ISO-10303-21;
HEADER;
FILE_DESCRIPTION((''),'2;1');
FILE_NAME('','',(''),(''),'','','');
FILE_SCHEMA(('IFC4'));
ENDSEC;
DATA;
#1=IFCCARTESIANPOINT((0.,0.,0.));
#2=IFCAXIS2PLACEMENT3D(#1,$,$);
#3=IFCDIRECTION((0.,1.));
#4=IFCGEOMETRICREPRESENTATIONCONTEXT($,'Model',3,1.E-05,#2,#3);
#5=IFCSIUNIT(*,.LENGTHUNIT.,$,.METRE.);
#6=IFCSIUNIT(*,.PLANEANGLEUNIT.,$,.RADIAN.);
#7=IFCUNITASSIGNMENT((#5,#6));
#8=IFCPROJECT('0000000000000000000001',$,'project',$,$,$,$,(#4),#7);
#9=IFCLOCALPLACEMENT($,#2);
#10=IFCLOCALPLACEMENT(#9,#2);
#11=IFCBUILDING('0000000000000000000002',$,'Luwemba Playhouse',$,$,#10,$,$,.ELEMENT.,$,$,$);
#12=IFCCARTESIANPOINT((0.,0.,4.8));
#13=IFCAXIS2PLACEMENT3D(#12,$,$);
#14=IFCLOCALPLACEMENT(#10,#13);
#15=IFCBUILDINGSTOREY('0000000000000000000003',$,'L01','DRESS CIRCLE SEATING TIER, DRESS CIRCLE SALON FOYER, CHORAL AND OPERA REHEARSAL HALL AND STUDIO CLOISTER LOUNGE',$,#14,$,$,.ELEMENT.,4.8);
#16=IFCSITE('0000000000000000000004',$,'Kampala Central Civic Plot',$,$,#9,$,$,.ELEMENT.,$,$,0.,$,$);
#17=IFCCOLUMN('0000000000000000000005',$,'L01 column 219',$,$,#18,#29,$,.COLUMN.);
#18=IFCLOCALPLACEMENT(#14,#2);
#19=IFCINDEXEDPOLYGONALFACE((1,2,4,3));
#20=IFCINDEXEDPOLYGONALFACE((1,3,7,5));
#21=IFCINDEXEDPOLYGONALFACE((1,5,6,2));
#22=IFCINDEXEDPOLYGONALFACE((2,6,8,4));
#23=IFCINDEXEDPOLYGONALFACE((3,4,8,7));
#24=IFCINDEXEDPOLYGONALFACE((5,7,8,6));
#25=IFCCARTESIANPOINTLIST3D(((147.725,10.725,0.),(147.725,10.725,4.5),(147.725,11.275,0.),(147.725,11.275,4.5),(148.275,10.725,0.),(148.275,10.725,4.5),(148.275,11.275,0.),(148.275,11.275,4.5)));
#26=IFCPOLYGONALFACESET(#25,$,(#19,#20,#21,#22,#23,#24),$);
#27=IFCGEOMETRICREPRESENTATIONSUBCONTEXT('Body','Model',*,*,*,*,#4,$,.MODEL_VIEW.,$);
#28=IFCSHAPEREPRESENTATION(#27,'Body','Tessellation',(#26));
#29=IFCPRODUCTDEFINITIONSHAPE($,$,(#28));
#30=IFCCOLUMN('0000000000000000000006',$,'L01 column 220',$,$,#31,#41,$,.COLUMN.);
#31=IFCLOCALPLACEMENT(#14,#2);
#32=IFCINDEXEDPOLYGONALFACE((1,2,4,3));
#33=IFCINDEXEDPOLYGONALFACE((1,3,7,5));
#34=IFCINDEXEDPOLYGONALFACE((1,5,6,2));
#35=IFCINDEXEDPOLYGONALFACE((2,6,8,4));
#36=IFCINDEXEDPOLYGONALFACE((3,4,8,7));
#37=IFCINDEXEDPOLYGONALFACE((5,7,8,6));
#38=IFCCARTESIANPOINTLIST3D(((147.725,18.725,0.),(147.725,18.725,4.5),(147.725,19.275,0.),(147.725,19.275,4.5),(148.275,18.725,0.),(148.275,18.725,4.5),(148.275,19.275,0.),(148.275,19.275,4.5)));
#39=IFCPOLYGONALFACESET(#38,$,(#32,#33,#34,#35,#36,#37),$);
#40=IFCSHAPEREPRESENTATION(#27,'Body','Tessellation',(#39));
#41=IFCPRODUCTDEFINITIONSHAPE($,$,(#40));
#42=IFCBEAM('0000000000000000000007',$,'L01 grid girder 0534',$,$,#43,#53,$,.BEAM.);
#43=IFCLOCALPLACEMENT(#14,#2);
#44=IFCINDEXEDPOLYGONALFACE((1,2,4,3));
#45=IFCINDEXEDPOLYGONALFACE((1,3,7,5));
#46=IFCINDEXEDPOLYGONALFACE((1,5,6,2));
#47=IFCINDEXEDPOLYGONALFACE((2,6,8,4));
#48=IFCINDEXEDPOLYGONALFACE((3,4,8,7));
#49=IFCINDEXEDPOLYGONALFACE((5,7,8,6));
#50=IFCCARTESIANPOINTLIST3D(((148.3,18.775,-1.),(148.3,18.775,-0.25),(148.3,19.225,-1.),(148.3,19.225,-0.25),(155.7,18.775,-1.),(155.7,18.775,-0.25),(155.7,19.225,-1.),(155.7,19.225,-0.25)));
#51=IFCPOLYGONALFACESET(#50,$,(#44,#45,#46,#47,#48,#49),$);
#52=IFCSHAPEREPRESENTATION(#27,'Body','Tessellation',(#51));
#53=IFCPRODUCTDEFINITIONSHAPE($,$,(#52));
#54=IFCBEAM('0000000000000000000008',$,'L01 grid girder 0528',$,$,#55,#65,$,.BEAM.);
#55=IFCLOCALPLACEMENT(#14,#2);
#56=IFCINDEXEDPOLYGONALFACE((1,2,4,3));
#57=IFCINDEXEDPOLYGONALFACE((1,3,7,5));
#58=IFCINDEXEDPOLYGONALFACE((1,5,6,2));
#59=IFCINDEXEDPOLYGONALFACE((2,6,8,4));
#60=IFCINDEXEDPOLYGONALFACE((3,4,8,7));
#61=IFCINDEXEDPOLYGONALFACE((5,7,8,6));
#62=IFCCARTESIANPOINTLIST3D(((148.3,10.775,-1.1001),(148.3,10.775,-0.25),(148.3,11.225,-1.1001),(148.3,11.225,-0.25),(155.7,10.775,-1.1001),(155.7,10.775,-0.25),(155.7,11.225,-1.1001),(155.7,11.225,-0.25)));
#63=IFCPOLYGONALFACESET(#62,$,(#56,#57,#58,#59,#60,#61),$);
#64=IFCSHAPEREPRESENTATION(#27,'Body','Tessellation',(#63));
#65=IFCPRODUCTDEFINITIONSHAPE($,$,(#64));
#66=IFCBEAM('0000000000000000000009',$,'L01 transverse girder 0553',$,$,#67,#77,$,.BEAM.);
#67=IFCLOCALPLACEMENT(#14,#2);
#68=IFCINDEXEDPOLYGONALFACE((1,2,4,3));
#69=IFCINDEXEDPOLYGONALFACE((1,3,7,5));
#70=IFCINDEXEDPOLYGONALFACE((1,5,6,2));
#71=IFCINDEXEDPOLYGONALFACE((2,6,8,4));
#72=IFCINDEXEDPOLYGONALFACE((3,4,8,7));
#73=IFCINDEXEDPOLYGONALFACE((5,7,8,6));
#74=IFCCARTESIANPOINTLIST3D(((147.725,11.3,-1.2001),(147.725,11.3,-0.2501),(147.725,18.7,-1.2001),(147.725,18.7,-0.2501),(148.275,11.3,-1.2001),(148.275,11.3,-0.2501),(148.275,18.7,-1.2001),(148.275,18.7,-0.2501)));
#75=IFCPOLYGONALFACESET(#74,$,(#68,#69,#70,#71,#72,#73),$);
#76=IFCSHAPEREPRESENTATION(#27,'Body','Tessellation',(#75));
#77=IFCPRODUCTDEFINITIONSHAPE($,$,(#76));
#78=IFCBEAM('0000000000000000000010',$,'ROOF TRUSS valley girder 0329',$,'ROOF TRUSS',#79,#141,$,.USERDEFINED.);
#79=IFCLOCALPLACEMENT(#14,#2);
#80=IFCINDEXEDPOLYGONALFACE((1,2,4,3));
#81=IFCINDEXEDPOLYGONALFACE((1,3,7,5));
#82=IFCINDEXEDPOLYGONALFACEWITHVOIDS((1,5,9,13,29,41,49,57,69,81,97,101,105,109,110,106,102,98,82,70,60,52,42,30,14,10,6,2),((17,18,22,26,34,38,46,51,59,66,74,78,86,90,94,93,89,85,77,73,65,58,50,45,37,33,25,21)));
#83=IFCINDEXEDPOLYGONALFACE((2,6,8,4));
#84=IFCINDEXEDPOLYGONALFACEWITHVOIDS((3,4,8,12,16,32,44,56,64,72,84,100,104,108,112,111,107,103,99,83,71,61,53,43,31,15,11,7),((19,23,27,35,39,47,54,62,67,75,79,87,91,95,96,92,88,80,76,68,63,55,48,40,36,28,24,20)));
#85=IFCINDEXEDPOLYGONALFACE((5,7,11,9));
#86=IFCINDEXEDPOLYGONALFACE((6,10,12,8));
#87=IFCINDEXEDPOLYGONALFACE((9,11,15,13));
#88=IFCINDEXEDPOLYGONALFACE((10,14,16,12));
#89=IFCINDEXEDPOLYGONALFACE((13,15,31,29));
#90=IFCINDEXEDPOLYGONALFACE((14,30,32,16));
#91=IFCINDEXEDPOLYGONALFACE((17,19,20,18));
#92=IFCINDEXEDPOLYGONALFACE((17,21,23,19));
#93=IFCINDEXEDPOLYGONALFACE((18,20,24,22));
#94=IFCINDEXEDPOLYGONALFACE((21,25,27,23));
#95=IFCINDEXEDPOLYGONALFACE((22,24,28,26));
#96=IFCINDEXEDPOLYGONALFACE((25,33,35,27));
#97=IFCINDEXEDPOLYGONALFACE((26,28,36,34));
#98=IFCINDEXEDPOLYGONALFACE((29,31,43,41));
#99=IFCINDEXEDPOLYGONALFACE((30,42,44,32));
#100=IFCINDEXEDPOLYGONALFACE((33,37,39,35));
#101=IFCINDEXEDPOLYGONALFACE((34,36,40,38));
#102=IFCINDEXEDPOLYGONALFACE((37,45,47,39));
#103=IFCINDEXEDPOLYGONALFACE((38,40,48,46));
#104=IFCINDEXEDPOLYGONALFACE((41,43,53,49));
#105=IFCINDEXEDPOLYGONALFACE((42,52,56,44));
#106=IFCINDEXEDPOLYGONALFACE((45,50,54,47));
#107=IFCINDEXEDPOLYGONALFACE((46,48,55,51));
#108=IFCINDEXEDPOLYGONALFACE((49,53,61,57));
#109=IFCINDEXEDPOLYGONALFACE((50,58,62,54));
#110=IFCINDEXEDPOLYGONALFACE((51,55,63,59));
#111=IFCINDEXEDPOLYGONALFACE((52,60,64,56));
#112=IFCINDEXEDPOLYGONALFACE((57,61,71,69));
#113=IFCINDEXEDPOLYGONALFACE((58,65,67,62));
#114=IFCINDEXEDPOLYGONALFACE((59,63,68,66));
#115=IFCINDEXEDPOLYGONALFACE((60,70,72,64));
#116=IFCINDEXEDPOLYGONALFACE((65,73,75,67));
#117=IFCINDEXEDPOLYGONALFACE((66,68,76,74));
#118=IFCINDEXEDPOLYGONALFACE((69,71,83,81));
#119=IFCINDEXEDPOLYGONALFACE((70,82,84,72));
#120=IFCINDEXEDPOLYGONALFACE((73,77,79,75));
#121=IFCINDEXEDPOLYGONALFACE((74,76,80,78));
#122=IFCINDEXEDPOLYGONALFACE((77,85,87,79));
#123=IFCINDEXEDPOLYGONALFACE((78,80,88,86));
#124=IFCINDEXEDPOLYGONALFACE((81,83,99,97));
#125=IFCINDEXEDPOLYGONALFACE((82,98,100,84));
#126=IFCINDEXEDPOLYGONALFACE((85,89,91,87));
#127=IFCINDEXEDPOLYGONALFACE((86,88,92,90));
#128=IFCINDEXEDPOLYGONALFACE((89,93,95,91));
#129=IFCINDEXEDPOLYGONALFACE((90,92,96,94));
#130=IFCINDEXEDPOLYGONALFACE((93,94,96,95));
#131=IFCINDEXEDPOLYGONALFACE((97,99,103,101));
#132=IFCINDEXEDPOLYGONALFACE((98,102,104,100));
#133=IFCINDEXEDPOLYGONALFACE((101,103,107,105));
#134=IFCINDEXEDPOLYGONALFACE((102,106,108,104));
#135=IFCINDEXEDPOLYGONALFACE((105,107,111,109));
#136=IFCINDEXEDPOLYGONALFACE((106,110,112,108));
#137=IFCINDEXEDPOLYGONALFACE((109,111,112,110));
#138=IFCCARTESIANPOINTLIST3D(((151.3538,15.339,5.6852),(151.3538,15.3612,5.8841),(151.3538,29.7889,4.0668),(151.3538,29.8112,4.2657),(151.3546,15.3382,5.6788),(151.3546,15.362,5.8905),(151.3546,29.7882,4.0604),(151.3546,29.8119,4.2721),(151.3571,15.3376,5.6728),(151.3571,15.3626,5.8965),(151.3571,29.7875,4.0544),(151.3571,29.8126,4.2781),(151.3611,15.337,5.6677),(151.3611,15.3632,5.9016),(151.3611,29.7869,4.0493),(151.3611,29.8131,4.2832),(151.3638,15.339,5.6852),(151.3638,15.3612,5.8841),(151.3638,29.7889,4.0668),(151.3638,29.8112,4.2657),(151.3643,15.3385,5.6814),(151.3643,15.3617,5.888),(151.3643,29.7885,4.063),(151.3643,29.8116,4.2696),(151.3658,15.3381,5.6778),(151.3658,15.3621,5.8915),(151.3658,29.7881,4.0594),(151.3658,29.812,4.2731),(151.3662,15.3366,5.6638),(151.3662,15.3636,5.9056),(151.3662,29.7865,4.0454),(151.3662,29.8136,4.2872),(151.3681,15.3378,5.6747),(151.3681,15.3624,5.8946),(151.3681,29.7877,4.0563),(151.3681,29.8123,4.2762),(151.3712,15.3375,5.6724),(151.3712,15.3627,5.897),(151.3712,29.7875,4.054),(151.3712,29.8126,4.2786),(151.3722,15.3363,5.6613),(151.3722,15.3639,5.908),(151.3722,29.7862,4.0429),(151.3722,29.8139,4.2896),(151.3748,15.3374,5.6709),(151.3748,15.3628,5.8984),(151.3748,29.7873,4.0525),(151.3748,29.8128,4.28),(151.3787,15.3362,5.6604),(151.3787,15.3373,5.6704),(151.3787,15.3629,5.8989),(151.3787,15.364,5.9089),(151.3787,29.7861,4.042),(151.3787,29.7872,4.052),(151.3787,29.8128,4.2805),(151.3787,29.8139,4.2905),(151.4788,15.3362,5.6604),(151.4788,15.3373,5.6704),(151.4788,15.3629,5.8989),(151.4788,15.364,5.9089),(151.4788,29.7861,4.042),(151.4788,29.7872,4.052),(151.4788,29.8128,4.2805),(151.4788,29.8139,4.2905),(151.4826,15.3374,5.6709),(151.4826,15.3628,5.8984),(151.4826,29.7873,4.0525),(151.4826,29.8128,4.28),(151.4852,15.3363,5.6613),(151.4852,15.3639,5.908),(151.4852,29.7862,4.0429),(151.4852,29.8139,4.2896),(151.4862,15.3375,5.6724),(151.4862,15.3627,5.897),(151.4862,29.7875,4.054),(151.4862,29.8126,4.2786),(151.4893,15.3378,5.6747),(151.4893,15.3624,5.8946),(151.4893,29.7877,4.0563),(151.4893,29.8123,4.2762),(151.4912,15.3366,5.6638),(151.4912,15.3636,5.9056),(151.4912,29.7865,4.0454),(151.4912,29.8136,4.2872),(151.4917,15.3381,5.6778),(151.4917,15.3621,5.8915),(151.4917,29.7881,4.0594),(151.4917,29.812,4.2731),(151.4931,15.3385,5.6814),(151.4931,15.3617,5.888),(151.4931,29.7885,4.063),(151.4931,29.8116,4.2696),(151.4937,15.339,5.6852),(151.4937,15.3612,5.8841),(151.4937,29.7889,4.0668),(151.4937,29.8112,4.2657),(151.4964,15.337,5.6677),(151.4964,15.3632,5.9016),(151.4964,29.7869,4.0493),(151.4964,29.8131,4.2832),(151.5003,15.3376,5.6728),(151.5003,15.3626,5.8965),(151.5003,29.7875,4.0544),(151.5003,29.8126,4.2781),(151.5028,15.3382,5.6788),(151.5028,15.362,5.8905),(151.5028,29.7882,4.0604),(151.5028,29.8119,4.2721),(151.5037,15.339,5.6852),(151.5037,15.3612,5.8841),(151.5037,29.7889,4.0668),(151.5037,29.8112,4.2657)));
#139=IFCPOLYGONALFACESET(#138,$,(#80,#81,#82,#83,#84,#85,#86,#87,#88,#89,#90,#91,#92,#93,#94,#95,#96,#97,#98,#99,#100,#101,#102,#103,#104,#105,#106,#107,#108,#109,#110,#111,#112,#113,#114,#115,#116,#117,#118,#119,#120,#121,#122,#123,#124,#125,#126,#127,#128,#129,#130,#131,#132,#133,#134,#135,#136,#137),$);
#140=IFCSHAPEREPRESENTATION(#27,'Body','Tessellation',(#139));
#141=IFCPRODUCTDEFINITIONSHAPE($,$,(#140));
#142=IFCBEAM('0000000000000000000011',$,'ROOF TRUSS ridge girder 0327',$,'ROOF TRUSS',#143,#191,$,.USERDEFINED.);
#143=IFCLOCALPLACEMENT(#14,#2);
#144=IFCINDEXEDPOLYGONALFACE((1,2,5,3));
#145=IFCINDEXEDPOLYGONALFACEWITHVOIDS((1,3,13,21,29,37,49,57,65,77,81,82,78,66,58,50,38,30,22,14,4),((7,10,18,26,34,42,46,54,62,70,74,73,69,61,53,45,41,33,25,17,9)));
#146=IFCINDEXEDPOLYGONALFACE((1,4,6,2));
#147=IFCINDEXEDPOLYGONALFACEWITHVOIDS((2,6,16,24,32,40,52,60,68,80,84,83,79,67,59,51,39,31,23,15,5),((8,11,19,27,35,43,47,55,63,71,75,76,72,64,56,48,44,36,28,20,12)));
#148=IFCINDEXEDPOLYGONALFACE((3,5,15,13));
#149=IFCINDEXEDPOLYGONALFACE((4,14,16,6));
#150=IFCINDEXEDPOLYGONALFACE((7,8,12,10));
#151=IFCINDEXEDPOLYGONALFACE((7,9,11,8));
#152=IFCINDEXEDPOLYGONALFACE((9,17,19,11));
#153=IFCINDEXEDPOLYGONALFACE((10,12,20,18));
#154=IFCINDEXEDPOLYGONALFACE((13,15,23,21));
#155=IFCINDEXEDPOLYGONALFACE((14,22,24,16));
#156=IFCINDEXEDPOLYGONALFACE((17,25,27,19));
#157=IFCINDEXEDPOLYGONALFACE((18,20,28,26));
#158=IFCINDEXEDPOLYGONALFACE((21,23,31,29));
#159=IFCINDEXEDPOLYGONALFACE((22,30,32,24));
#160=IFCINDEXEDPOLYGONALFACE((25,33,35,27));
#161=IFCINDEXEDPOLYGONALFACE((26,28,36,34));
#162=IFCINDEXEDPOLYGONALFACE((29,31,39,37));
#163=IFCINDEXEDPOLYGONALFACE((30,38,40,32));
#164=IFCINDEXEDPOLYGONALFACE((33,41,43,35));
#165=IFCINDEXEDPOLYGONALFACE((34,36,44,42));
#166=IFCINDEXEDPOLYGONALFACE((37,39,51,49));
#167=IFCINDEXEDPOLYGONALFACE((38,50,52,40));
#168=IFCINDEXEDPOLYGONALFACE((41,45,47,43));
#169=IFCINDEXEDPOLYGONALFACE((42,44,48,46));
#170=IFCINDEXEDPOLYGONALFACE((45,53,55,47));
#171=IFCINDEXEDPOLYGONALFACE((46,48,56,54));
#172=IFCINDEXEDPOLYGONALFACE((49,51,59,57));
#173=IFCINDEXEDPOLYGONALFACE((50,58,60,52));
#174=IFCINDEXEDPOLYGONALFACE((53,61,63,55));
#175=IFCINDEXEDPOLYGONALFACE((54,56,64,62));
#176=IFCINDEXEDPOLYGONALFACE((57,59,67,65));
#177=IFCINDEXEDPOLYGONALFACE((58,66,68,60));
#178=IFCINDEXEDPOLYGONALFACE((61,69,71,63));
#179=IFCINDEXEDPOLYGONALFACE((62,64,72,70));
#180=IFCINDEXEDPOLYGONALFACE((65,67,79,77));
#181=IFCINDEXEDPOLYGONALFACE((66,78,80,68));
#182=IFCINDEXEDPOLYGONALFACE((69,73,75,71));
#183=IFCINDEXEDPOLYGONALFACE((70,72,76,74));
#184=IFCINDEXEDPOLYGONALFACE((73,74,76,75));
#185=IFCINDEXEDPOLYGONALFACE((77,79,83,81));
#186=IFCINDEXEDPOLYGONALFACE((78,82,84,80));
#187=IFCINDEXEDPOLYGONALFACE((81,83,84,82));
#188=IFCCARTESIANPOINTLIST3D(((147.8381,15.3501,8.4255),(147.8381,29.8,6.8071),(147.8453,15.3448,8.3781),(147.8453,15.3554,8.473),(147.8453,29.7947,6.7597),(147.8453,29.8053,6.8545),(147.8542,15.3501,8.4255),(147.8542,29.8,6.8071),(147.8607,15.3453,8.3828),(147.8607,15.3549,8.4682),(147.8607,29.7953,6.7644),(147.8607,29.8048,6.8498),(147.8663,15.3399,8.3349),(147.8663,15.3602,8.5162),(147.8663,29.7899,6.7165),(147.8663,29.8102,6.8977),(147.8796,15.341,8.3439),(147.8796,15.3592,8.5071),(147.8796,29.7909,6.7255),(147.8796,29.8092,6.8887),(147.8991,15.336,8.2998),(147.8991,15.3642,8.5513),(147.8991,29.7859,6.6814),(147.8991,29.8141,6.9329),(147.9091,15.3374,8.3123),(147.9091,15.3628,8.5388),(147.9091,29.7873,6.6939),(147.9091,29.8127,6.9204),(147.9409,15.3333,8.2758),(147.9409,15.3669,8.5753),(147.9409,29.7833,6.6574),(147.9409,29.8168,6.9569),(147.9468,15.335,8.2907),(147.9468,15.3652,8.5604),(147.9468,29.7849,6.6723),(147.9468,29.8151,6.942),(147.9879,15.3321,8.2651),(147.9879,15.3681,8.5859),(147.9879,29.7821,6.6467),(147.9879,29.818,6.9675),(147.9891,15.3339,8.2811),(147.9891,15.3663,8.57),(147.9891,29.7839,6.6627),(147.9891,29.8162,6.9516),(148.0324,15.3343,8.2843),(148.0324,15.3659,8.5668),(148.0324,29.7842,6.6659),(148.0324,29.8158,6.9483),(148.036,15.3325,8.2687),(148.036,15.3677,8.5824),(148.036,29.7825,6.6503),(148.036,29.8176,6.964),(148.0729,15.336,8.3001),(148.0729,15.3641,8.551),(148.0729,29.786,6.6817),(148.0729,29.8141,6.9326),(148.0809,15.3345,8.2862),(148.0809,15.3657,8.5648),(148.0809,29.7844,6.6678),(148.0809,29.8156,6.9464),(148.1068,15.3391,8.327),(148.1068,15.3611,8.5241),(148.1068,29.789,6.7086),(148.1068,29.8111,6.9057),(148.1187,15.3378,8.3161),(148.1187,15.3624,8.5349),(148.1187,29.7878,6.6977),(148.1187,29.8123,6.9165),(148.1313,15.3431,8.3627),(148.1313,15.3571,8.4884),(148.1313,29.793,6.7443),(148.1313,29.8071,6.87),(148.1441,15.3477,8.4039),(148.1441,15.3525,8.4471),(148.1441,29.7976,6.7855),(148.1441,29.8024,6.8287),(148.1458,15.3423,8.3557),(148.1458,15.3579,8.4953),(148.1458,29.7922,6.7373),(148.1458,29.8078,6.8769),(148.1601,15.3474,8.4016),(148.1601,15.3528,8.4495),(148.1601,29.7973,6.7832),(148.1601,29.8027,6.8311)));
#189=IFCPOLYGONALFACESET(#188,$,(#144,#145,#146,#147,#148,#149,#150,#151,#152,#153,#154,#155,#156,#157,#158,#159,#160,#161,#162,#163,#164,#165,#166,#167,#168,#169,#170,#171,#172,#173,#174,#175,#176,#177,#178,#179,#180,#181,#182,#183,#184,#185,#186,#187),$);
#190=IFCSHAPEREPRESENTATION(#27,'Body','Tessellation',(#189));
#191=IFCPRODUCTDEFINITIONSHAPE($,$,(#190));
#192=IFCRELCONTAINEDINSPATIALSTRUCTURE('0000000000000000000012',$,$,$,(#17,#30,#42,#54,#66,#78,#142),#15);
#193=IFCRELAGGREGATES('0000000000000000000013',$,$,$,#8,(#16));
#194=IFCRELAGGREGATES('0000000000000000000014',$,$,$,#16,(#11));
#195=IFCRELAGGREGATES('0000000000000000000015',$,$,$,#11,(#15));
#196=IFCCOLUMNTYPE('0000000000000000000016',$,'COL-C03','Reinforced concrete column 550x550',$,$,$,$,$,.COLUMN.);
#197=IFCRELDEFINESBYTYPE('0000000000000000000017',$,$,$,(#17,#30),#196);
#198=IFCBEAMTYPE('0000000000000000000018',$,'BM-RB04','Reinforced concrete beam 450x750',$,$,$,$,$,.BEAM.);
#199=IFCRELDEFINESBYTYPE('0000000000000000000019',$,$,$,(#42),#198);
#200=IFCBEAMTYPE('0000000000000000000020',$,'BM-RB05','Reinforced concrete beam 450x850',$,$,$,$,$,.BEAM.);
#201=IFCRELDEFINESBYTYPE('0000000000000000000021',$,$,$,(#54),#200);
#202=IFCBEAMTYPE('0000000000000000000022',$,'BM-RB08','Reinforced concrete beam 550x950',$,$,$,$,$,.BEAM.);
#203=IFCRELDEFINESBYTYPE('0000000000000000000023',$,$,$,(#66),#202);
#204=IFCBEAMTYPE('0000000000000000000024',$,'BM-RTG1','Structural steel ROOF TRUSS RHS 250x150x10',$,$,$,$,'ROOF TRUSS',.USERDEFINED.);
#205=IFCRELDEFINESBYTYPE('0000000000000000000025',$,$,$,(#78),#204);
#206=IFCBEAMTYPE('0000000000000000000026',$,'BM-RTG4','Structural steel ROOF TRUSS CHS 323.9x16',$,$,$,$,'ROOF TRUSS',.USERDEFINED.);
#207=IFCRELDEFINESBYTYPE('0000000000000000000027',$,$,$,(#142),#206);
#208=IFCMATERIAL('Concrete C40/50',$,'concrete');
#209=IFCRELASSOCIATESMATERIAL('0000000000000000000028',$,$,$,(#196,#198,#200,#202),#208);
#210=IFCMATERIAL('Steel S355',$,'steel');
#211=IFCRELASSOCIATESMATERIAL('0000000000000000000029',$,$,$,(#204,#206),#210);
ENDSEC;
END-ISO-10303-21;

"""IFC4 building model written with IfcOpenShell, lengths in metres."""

from ifc_helpers import new_model, si_unit, direction, frame, origin, origin_2d, place, context, subcontext, project, spatial, rectangle, hollow_rectangle, hollow_circle, extrude, material, material_profile, profile_set, type_object, element, save


model = new_model("IFC4")

# Units and contexts
model_context = context("Model", 3, precision=1e-05, world=origin(), true_north=direction((0.0, 1.0)))
body_context = subcontext(model_context, "Body", "Model", "MODEL_VIEW")
ifc_project = project(units=[si_unit("LENGTHUNIT", "METRE"), si_unit("PLANEANGLEUNIT", "RADIAN")], contexts=[model_context])

# Site, building, storey
site_placement = place(None, origin())
site = spatial("IfcSite", under=ifc_project, at=site_placement, Name="Kampala Central Civic Plot", CompositionType="ELEMENT", RefElevation=0.0)
building_placement = place(site_placement, origin())
building = spatial("IfcBuilding", under=site, at=building_placement, Name="Luwemba Playhouse", CompositionType="ELEMENT")
storey_placement = place(building_placement, frame((0.0, 0.0, 4.8)))
storey = spatial("IfcBuildingStorey", under=building, at=storey_placement, Name="L01", Description="DRESS CIRCLE SEATING TIER, DRESS CIRCLE SALON FOYER, CHORAL AND OPERA REHEARSAL HALL AND STUDIO CLOISTER LOUNGE", CompositionType="ELEMENT", Elevation=4.8)

# Columns
ifc_material_1 = material(Name="Concrete C40/50", Category="concrete")
ifc_material_profile_1 = material_profile(ifc_material_1, rectangle(XDim=0.55, YDim=0.55, at=origin_2d()))
ifc_profile_set_1 = profile_set([ifc_material_profile_1], Name="Concrete C40/50")
column_type = type_object("IfcColumnType", Name="COL-C03", Description="Reinforced concrete column 550x550", PredefinedType="COLUMN", material=ifc_profile_set_1)
for number, where, z_axis, x_axis, name in (
    (1, (148.0, 11.0, 0.0), (0.0, 0.0, 1.0), (1.0, 0.0, 0.0), "L01 column 219"),
    (2, (148.0, 19.0, 0.0), (0.0, 0.0, 1.0), (1.0, 0.0, 0.0), "L01 column 220"),
):
    element("IfcColumn", number, at=place(storey_placement, frame(where, z_axis=z_axis, x_axis=x_axis)), inside=storey, type_object=column_type, Name=name, PredefinedType="COLUMN", context=body_context, shape_type="SweptSolid", body=[
        extrude(rectangle(XDim=0.55, YDim=0.55, at=origin_2d()), origin(), (0.0, 0.0, 1.0), 4.5),
    ])

# Beams
ifc_material_profile_2 = material_profile(ifc_material_1, rectangle(XDim=0.45, YDim=0.75, at=origin_2d()))
ifc_profile_set_2 = profile_set([ifc_material_profile_2], Name="Concrete C40/50")
beam_type_1 = type_object("IfcBeamType", Name="BM-RB04", Description="Reinforced concrete beam 450x750", PredefinedType="BEAM", material=ifc_profile_set_2)
beam_1_placement = place(storey_placement, frame((148.3, 19.0, -0.625), z_axis=(1.0, 0.0, 0.0), x_axis=(0.0, 1.0, 0.0)))
element("IfcBeam", 3, at=beam_1_placement, inside=storey, type_object=beam_type_1, Name="L01 grid girder 0534", PredefinedType="BEAM", context=body_context, shape_type="SweptSolid", body=[
    extrude(rectangle(XDim=0.45, YDim=0.75, at=origin_2d()), origin(), (0.0, 0.0, 1.0), 7.3999),
])
ifc_material_profile_3 = material_profile(ifc_material_1, rectangle(XDim=0.45, YDim=0.8501, at=origin_2d()))
ifc_profile_set_3 = profile_set([ifc_material_profile_3], Name="Concrete C40/50")
beam_type_2 = type_object("IfcBeamType", Name="BM-RB05", Description="Reinforced concrete beam 450x850", PredefinedType="BEAM", material=ifc_profile_set_3)
beam_2_placement = place(storey_placement, frame((148.3, 11.0, -0.675), z_axis=(1.0, 0.0, 0.0), x_axis=(0.0, 1.0, 0.0)))
element("IfcBeam", 4, at=beam_2_placement, inside=storey, type_object=beam_type_2, Name="L01 grid girder 0528", PredefinedType="BEAM", context=body_context, shape_type="SweptSolid", body=[
    extrude(rectangle(XDim=0.45, YDim=0.8501, at=origin_2d()), origin(), (0.0, 0.0, 1.0), 7.3999),
])
ifc_material_profile_4 = material_profile(ifc_material_1, rectangle(XDim=0.55, YDim=0.95, at=origin_2d()))
ifc_profile_set_4 = profile_set([ifc_material_profile_4], Name="Concrete C40/50")
beam_type_3 = type_object("IfcBeamType", Name="BM-RB08", Description="Reinforced concrete beam 550x950", PredefinedType="BEAM", material=ifc_profile_set_4)
beam_3_placement = place(storey_placement, frame((148.0, 11.3, -0.7251), z_axis=(0.0, 1.0, 0.0), x_axis=(-1.0, 0.0, 0.0)))
element("IfcBeam", 5, at=beam_3_placement, inside=storey, type_object=beam_type_3, Name="L01 transverse girder 0553", PredefinedType="BEAM", context=body_context, shape_type="SweptSolid", body=[
    extrude(rectangle(XDim=0.55, YDim=0.95, at=origin_2d()), origin(), (0.0, 0.0, 1.0), 7.3999),
])
ifc_material_2 = material(Name="Steel S355", Category="steel")
ifc_material_profile_5 = material_profile(ifc_material_2, hollow_rectangle(XDim=0.1499, YDim=0.25, WallThickness=0.01, InnerFilletRadius=0.0149, OuterFilletRadius=0.0249, at=origin_2d()))
ifc_profile_set_5 = profile_set([ifc_material_profile_5], Name="Steel S355")
beam_type_4 = type_object("IfcBeamType", Name="BM-RTG1", Description="Structural steel ROOF TRUSS RHS 250x150x10", ElementType="ROOF TRUSS", PredefinedType="USERDEFINED", material=ifc_profile_set_5)
beam_4_placement = place(storey_placement, frame((151.4287, 15.3501, 5.7847), z_axis=(0.0, 0.993786, -0.111305), x_axis=(-1.0, 0.0, 0.0)))
element("IfcBeam", 6, at=beam_4_placement, inside=storey, type_object=beam_type_4, Name="ROOF TRUSS valley girder 0329", ObjectType="ROOF TRUSS", PredefinedType="USERDEFINED", context=body_context, shape_type="SweptSolid", body=[
    extrude(hollow_rectangle(XDim=0.1499, YDim=0.25, WallThickness=0.01, InnerFilletRadius=0.0149, OuterFilletRadius=0.0249, at=origin_2d()), origin(), (0.0, 0.0, 1.0), 14.5403),
])
ifc_material_profile_6 = material_profile(ifc_material_2, hollow_circle(Radius=0.1619, WallThickness=0.0161, at=origin_2d()))
ifc_profile_set_6 = profile_set([ifc_material_profile_6], Name="Steel S355")
beam_type_5 = type_object("IfcBeamType", Name="BM-RTG4", Description="Structural steel ROOF TRUSS CHS 323.9x16", ElementType="ROOF TRUSS", PredefinedType="USERDEFINED", material=ifc_profile_set_6)
beam_5_placement = place(storey_placement, frame((148.0, 15.3501, 8.4255), z_axis=(0.0, 0.993786, -0.111305), x_axis=(-1.0, 0.0, 0.0)))
element("IfcBeam", 7, at=beam_5_placement, inside=storey, type_object=beam_type_5, Name="ROOF TRUSS ridge girder 0327", ObjectType="ROOF TRUSS", PredefinedType="USERDEFINED", context=body_context, shape_type="SweptSolid", body=[
    extrude(hollow_circle(Radius=0.1619, WallThickness=0.0161, at=origin_2d()), origin(), (0.0, 0.0, 1.0), 14.5403),
])

save(model, "model.ifc")
